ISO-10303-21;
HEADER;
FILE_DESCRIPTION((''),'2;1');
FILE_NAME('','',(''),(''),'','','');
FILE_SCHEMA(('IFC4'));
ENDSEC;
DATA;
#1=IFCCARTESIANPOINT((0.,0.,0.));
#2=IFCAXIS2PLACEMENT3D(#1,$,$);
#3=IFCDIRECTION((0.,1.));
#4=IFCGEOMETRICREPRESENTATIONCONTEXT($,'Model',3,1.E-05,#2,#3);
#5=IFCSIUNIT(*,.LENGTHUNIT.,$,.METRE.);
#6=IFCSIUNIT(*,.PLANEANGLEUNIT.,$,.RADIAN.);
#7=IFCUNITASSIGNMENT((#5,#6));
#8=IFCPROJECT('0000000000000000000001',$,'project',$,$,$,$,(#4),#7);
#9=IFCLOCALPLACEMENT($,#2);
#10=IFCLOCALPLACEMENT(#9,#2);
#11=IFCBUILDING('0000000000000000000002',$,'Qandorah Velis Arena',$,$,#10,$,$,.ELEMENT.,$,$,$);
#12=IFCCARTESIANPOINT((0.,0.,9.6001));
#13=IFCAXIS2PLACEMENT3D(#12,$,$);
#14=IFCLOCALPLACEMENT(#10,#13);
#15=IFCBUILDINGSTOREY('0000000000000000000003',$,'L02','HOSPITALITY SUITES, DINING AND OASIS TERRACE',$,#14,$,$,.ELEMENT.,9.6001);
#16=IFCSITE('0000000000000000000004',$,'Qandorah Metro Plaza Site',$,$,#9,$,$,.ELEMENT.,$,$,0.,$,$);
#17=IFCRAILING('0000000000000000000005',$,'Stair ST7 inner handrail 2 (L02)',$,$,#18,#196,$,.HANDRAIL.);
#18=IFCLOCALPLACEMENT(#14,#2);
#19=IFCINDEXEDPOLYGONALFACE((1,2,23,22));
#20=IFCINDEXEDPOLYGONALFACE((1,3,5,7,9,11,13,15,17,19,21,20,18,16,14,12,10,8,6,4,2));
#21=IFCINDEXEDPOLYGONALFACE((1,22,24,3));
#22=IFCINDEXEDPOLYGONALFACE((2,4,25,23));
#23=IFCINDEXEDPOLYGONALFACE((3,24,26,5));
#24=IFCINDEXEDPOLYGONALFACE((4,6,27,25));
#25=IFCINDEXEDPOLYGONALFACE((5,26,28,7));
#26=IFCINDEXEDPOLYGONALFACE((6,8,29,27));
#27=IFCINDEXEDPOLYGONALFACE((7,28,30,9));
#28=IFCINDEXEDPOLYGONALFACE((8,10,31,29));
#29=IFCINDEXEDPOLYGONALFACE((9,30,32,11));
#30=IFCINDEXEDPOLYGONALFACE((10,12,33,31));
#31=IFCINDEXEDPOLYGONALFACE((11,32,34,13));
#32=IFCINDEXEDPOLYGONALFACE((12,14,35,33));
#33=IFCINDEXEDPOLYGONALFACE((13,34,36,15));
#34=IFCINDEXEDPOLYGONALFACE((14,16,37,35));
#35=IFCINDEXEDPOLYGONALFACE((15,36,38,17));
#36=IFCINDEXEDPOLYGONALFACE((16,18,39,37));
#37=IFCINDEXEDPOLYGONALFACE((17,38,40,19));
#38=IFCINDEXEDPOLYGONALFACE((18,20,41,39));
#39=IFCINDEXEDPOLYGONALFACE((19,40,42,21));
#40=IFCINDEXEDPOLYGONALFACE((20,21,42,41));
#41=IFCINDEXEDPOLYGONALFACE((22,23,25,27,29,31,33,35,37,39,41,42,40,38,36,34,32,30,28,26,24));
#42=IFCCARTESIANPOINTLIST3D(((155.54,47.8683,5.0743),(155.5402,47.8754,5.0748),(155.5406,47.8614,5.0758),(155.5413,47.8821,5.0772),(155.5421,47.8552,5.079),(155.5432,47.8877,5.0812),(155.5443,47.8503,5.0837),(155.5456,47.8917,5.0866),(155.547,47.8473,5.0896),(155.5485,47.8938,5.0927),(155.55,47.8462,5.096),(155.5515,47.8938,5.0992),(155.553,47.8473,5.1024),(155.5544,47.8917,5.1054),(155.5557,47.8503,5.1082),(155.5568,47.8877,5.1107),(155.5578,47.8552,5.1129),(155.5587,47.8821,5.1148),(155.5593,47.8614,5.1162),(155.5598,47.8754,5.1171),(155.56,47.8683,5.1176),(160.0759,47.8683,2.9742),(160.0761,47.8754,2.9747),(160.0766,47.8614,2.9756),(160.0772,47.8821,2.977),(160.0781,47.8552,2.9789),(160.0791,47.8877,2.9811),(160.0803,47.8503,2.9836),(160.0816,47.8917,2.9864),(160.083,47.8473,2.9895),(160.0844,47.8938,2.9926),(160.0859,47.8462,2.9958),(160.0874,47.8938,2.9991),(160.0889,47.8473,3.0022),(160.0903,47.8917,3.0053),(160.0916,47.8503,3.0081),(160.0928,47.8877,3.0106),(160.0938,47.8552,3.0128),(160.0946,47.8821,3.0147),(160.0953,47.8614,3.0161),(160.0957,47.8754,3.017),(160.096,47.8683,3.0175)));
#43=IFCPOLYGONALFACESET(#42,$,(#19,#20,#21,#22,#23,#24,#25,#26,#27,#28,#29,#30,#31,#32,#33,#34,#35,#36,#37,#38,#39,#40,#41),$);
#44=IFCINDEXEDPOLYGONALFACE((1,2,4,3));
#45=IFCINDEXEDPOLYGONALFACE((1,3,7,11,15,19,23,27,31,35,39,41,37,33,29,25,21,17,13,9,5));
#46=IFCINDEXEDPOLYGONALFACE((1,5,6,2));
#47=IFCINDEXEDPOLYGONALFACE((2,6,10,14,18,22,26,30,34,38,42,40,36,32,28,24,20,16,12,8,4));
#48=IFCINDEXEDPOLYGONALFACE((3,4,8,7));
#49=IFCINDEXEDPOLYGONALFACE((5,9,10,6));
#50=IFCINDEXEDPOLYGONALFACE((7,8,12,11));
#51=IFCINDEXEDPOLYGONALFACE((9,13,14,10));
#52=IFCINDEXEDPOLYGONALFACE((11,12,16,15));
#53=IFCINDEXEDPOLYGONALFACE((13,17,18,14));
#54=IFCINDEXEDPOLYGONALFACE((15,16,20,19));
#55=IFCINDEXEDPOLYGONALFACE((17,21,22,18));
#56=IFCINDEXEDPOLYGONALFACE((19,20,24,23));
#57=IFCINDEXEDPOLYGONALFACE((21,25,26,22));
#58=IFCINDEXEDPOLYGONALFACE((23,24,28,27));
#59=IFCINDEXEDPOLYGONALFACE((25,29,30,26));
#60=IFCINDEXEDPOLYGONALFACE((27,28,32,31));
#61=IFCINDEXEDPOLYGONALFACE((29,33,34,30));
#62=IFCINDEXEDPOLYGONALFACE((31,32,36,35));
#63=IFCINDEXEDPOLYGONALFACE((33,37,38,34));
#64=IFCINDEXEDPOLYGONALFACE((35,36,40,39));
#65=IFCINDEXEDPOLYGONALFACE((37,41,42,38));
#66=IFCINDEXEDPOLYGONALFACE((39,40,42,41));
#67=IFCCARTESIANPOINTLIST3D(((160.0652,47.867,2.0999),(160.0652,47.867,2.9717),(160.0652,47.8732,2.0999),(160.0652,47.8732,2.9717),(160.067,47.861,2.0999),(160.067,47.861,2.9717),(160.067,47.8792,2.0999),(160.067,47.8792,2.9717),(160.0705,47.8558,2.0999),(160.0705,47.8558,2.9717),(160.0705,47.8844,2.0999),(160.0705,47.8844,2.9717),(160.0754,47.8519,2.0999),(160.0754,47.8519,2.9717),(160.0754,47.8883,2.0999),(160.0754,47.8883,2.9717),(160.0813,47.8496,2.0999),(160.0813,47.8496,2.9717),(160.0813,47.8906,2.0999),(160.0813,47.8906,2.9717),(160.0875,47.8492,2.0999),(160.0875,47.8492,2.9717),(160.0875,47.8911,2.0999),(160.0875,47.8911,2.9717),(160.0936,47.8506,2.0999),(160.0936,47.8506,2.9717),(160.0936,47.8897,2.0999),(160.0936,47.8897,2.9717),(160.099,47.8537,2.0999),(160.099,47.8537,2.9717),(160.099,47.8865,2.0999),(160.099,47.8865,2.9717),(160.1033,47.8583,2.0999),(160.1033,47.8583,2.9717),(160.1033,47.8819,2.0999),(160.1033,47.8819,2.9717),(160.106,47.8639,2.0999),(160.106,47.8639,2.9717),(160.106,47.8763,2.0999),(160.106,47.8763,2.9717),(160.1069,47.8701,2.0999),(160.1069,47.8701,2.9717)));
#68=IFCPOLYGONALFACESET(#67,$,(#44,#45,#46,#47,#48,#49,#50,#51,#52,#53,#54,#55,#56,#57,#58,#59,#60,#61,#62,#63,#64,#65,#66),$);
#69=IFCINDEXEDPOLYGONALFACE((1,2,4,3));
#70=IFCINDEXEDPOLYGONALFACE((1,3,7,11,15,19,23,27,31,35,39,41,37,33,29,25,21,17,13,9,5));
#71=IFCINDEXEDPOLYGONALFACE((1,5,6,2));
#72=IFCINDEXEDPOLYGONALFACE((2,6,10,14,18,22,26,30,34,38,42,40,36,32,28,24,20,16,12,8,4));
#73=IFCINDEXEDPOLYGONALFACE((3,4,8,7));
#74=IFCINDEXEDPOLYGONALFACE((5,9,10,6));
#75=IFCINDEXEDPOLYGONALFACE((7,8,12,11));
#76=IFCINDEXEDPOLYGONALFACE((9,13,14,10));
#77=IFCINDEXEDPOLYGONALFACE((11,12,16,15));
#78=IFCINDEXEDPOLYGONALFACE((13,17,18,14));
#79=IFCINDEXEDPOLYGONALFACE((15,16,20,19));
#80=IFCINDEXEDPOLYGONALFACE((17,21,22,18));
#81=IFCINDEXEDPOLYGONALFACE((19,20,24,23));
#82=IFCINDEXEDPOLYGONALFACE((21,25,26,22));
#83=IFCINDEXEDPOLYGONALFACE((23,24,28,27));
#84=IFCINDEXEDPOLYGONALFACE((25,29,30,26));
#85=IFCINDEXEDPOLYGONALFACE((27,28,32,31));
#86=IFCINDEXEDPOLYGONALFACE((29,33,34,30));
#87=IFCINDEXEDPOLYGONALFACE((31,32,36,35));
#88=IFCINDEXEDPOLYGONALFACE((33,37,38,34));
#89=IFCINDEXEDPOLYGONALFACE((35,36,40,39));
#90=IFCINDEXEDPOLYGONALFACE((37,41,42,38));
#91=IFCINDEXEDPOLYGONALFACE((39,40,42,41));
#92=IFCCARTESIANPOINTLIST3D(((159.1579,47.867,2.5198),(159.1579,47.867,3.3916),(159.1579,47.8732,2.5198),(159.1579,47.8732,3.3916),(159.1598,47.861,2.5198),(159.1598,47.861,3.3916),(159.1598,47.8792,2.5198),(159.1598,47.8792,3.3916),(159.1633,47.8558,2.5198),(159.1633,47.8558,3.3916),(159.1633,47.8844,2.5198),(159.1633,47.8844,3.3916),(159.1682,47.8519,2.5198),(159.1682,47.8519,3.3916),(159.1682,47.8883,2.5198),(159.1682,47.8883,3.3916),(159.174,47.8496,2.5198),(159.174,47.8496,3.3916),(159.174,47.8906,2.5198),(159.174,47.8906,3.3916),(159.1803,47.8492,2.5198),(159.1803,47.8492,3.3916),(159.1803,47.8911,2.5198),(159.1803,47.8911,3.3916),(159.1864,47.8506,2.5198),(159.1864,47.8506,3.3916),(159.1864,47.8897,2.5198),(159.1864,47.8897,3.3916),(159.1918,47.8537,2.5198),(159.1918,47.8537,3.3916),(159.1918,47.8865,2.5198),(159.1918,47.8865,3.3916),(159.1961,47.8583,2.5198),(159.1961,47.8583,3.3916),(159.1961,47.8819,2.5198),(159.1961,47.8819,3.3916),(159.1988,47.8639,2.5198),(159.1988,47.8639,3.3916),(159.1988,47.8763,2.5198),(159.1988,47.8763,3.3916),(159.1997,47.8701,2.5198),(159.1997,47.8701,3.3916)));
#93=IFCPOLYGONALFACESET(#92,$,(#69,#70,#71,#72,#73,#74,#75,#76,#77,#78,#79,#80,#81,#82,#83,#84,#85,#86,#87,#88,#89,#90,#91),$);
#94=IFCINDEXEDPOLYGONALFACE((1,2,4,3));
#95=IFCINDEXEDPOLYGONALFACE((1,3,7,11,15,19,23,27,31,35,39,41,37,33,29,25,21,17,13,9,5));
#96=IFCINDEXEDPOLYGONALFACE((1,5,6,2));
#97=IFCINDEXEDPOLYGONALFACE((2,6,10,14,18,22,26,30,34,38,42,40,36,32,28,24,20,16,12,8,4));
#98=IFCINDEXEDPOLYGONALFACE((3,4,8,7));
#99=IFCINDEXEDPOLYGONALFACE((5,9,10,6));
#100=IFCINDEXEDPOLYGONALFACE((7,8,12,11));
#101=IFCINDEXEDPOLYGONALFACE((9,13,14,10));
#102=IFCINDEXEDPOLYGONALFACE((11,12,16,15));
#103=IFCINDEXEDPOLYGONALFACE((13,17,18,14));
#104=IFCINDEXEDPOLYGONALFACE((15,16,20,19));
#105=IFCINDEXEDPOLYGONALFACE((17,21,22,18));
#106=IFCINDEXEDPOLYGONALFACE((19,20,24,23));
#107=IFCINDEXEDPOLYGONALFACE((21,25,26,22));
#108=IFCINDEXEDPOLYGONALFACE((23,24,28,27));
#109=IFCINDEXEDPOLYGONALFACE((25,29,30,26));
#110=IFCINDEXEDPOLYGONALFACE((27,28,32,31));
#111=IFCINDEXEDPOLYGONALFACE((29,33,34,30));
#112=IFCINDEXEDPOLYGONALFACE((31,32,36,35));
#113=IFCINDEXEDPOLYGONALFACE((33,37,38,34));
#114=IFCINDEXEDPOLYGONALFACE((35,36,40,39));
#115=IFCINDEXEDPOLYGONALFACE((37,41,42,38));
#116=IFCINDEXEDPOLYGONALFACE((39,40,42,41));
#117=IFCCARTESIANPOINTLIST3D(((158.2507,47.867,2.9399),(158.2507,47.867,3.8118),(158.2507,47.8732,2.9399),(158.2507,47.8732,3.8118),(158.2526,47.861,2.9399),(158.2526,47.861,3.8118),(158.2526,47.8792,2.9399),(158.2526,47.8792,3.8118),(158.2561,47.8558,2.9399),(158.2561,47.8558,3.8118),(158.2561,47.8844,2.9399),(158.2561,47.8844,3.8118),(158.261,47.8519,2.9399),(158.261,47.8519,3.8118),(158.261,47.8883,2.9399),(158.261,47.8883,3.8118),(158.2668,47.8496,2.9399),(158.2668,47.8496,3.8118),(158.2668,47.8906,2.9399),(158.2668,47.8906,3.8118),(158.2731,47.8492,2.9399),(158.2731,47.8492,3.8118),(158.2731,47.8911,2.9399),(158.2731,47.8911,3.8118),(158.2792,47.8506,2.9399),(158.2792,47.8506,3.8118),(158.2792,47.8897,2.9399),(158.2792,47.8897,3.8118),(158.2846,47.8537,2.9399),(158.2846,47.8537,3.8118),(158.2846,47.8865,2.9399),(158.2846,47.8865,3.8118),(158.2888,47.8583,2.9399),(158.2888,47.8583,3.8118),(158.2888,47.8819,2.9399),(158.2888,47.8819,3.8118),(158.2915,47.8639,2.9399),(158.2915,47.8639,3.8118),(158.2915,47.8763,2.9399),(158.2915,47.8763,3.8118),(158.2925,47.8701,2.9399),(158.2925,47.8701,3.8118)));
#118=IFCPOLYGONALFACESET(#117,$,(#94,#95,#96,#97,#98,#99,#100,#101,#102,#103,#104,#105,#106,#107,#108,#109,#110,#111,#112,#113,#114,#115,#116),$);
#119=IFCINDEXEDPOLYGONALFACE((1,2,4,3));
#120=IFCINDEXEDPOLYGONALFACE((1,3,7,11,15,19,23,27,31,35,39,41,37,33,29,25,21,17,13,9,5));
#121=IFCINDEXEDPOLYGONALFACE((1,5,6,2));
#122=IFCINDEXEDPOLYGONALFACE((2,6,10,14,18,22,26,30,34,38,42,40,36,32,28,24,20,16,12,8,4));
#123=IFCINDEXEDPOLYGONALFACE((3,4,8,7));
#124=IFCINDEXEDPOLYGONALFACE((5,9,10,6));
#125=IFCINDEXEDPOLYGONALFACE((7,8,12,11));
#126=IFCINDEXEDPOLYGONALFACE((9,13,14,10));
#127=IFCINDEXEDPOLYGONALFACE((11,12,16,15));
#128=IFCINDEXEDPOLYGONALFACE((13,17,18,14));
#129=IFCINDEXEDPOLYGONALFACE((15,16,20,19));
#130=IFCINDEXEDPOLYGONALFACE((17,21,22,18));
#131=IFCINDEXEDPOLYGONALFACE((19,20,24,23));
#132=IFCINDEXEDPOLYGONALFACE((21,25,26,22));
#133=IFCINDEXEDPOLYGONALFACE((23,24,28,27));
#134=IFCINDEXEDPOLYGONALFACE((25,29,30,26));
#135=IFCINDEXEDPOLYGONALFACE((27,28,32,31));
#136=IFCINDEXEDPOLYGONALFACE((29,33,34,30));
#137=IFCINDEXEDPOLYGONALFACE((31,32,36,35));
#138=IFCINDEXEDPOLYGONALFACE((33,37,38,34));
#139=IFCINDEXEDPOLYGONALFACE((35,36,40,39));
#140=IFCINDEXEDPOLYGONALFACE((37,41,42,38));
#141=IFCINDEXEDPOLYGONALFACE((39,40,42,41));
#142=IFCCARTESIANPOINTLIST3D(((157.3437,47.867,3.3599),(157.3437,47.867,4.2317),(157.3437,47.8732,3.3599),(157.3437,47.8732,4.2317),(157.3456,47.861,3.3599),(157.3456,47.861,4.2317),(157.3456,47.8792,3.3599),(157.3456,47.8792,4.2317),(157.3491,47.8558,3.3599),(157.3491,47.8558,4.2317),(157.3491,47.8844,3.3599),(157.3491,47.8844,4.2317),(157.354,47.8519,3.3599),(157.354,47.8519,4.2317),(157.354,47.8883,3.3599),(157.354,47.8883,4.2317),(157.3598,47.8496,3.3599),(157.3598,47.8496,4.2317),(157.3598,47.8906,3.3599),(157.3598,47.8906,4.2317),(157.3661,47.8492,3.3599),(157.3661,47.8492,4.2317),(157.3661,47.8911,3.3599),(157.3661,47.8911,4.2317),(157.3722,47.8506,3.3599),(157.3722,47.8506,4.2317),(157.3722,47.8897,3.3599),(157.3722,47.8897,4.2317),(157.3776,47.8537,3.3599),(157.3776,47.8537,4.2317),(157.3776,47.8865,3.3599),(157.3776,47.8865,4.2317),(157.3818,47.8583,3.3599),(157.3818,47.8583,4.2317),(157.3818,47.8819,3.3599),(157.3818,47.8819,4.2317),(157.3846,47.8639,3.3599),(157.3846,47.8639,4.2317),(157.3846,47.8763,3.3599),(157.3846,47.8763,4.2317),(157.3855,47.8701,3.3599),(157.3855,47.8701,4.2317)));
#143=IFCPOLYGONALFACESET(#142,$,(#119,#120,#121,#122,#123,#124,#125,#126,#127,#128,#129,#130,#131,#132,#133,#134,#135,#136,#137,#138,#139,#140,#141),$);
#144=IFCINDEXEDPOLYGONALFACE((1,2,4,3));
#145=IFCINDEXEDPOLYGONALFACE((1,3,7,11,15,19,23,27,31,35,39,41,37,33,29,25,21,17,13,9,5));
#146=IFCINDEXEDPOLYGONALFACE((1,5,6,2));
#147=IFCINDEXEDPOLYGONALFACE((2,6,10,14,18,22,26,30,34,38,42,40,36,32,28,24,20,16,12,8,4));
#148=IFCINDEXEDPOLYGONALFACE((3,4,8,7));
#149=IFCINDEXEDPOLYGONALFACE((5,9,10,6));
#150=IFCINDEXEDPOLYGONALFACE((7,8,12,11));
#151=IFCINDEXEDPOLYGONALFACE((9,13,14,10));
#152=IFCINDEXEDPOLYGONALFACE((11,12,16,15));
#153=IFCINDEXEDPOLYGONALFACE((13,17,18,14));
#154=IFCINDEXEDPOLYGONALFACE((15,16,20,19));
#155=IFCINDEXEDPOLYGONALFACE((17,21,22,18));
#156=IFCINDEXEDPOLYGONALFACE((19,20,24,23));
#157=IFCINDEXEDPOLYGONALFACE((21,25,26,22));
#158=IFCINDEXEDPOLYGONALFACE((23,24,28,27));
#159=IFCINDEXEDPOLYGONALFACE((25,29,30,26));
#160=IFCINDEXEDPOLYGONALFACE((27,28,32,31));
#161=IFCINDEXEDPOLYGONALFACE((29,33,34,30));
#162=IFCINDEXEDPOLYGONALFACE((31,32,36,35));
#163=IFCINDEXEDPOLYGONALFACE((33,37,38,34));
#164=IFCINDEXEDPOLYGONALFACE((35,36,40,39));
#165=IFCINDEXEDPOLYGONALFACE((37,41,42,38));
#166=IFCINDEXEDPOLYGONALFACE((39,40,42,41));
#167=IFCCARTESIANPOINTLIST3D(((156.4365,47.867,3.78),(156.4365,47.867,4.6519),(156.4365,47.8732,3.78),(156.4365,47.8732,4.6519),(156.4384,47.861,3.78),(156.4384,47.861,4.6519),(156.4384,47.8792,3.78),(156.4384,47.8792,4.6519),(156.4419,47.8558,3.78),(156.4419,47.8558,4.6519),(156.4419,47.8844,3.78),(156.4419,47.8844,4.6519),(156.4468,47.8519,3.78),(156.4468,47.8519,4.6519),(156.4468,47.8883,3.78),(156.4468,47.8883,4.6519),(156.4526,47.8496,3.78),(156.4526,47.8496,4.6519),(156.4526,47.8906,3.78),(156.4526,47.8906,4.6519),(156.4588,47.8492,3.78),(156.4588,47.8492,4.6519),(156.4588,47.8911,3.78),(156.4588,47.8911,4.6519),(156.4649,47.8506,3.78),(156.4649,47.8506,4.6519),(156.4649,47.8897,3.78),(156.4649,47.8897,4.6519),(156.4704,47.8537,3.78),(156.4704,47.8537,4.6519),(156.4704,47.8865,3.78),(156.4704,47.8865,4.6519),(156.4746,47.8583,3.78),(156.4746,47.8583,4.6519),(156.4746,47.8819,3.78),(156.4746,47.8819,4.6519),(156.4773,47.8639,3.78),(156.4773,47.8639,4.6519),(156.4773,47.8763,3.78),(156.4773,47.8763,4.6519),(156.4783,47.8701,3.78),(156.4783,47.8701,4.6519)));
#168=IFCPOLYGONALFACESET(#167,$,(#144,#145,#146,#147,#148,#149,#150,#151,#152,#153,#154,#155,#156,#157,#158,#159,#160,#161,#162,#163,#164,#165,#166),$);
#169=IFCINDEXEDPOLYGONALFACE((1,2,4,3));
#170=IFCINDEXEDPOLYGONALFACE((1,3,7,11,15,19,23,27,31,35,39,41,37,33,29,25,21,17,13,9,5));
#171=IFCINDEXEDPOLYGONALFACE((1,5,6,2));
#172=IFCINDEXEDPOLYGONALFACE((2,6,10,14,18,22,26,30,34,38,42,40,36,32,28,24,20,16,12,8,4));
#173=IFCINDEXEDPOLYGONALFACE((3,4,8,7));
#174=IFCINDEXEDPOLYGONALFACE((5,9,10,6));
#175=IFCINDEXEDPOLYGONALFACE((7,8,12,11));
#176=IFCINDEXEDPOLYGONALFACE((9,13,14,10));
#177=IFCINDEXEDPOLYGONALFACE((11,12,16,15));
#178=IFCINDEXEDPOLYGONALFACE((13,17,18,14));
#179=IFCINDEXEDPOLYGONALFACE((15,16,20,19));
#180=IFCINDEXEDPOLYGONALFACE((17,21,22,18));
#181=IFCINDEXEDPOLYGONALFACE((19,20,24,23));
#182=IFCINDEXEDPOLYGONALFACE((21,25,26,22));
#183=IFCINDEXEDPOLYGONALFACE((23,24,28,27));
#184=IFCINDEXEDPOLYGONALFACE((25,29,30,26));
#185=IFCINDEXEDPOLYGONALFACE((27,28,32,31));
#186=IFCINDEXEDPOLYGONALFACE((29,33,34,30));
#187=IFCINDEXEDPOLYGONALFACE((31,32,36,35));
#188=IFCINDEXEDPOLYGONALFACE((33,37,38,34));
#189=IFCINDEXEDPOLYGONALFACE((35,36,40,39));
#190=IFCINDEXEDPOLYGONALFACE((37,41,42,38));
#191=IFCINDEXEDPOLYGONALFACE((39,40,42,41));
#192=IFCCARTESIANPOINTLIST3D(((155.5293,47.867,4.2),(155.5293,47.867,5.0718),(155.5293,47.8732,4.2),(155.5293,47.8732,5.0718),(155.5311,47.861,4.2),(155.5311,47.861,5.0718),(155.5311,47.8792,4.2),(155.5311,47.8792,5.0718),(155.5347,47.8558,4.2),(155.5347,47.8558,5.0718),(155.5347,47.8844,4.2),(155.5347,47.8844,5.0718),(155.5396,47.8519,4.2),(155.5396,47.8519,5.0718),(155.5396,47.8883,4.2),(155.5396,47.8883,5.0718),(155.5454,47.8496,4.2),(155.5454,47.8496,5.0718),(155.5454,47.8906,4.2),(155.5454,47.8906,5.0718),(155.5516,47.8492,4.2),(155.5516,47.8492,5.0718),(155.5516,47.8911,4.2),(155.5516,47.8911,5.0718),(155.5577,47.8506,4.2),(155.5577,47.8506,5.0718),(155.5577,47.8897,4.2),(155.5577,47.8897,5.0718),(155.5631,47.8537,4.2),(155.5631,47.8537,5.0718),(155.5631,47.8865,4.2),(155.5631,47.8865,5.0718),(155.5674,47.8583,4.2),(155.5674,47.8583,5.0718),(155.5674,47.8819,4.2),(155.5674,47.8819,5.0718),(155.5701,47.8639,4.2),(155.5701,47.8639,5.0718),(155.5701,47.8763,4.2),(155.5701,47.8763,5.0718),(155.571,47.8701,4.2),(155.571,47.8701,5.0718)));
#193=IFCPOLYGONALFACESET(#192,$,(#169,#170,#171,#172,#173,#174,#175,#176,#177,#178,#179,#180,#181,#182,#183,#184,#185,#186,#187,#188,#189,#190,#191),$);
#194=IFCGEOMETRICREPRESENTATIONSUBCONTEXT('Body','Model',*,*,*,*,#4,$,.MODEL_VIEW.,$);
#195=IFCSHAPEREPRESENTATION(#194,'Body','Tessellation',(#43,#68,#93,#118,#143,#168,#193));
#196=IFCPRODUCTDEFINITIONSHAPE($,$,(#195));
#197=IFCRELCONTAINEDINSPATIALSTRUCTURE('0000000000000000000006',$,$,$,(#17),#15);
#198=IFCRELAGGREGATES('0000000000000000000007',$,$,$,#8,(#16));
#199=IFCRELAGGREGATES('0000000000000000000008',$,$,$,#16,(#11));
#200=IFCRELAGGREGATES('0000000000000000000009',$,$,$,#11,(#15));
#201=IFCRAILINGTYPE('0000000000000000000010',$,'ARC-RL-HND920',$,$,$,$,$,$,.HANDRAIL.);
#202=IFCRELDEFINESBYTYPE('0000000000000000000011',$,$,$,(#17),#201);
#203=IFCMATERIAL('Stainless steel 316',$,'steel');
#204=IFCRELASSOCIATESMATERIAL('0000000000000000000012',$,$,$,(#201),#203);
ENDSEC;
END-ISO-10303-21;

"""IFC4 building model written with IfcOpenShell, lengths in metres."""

from ifc_helpers import new_model, si_unit, direction, frame, origin, origin_2d, place, context, subcontext, project, spatial, circle, extrude, material, type_object, element, save


model = new_model("IFC4")

# Units and contexts
model_context = context("Model", 3, precision=1e-05, world=origin(), true_north=direction((0.0, 1.0)))
body_context = subcontext(model_context, "Body", "Model", "MODEL_VIEW")
ifc_project = project(units=[si_unit("LENGTHUNIT", "METRE"), si_unit("PLANEANGLEUNIT", "RADIAN")], contexts=[model_context])

# Site, building, storey
site_placement = place(None, origin())
site = spatial("IfcSite", under=ifc_project, at=site_placement, Name="Qandorah Metro Plaza Site", CompositionType="ELEMENT", RefElevation=0.0)
building_placement = place(site_placement, origin())
building = spatial("IfcBuilding", under=site, at=building_placement, Name="Qandorah Velis Arena", CompositionType="ELEMENT")
storey_placement = place(building_placement, frame((0.0, 0.0, 9.6001)))
storey = spatial("IfcBuildingStorey", under=building, at=storey_placement, Name="L02", Description="HOSPITALITY SUITES, DINING AND OASIS TERRACE", CompositionType="ELEMENT", Elevation=9.6001)

# Railing
ifc_material_1 = material(Name="Stainless steel 316", Category="steel")
railing_type_1 = type_object("IfcRailingType", Name="ARC-RL-HND920", PredefinedType="HANDRAIL", material=ifc_material_1)
railing_1_placement = place(storey_placement, frame((160.0859, 47.8701, 2.0999)))
element("IfcRailing", 1, at=railing_1_placement, inside=storey, type_object=railing_type_1, Name="Stair ST7 inner handrail 2 (L02)", PredefinedType="HANDRAIL", context=body_context, shape_type="SweptSolid", body=[
    extrude(circle(Radius=0.0239, at=origin_2d()), frame((0.0, 0.0, 0.896), z_axis=(-0.907456, 0.0, 0.420148), x_axis=(0.0, -1.0, 0.0)), (0.0, 0.0, 1.0), 4.9985),
    extrude(circle(Radius=0.021, at=origin_2d()), origin(), (0.0, 0.0, 1.0), 0.8718),
    extrude(circle(Radius=0.021, at=origin_2d()), frame((-0.9072, 0.0, 0.4199)), (0.0, 0.0, 1.0), 0.8718),
    extrude(circle(Radius=0.021, at=origin_2d()), frame((-1.8145, 0.0, 0.8401)), (0.0, 0.0, 1.0), 0.8718),
    extrude(circle(Radius=0.021, at=origin_2d()), frame((-2.7214, 0.0, 1.26)), (0.0, 0.0, 1.0), 0.8718),
    extrude(circle(Radius=0.021, at=origin_2d()), frame((-3.6287, 0.0, 1.6802)), (0.0, 0.0, 1.0), 0.8718),
    extrude(circle(Radius=0.021, at=origin_2d()), frame((-4.5359, 0.0, 2.1001)), (0.0, 0.0, 1.0), 0.8718),
])

save(model, "model.ifc")
